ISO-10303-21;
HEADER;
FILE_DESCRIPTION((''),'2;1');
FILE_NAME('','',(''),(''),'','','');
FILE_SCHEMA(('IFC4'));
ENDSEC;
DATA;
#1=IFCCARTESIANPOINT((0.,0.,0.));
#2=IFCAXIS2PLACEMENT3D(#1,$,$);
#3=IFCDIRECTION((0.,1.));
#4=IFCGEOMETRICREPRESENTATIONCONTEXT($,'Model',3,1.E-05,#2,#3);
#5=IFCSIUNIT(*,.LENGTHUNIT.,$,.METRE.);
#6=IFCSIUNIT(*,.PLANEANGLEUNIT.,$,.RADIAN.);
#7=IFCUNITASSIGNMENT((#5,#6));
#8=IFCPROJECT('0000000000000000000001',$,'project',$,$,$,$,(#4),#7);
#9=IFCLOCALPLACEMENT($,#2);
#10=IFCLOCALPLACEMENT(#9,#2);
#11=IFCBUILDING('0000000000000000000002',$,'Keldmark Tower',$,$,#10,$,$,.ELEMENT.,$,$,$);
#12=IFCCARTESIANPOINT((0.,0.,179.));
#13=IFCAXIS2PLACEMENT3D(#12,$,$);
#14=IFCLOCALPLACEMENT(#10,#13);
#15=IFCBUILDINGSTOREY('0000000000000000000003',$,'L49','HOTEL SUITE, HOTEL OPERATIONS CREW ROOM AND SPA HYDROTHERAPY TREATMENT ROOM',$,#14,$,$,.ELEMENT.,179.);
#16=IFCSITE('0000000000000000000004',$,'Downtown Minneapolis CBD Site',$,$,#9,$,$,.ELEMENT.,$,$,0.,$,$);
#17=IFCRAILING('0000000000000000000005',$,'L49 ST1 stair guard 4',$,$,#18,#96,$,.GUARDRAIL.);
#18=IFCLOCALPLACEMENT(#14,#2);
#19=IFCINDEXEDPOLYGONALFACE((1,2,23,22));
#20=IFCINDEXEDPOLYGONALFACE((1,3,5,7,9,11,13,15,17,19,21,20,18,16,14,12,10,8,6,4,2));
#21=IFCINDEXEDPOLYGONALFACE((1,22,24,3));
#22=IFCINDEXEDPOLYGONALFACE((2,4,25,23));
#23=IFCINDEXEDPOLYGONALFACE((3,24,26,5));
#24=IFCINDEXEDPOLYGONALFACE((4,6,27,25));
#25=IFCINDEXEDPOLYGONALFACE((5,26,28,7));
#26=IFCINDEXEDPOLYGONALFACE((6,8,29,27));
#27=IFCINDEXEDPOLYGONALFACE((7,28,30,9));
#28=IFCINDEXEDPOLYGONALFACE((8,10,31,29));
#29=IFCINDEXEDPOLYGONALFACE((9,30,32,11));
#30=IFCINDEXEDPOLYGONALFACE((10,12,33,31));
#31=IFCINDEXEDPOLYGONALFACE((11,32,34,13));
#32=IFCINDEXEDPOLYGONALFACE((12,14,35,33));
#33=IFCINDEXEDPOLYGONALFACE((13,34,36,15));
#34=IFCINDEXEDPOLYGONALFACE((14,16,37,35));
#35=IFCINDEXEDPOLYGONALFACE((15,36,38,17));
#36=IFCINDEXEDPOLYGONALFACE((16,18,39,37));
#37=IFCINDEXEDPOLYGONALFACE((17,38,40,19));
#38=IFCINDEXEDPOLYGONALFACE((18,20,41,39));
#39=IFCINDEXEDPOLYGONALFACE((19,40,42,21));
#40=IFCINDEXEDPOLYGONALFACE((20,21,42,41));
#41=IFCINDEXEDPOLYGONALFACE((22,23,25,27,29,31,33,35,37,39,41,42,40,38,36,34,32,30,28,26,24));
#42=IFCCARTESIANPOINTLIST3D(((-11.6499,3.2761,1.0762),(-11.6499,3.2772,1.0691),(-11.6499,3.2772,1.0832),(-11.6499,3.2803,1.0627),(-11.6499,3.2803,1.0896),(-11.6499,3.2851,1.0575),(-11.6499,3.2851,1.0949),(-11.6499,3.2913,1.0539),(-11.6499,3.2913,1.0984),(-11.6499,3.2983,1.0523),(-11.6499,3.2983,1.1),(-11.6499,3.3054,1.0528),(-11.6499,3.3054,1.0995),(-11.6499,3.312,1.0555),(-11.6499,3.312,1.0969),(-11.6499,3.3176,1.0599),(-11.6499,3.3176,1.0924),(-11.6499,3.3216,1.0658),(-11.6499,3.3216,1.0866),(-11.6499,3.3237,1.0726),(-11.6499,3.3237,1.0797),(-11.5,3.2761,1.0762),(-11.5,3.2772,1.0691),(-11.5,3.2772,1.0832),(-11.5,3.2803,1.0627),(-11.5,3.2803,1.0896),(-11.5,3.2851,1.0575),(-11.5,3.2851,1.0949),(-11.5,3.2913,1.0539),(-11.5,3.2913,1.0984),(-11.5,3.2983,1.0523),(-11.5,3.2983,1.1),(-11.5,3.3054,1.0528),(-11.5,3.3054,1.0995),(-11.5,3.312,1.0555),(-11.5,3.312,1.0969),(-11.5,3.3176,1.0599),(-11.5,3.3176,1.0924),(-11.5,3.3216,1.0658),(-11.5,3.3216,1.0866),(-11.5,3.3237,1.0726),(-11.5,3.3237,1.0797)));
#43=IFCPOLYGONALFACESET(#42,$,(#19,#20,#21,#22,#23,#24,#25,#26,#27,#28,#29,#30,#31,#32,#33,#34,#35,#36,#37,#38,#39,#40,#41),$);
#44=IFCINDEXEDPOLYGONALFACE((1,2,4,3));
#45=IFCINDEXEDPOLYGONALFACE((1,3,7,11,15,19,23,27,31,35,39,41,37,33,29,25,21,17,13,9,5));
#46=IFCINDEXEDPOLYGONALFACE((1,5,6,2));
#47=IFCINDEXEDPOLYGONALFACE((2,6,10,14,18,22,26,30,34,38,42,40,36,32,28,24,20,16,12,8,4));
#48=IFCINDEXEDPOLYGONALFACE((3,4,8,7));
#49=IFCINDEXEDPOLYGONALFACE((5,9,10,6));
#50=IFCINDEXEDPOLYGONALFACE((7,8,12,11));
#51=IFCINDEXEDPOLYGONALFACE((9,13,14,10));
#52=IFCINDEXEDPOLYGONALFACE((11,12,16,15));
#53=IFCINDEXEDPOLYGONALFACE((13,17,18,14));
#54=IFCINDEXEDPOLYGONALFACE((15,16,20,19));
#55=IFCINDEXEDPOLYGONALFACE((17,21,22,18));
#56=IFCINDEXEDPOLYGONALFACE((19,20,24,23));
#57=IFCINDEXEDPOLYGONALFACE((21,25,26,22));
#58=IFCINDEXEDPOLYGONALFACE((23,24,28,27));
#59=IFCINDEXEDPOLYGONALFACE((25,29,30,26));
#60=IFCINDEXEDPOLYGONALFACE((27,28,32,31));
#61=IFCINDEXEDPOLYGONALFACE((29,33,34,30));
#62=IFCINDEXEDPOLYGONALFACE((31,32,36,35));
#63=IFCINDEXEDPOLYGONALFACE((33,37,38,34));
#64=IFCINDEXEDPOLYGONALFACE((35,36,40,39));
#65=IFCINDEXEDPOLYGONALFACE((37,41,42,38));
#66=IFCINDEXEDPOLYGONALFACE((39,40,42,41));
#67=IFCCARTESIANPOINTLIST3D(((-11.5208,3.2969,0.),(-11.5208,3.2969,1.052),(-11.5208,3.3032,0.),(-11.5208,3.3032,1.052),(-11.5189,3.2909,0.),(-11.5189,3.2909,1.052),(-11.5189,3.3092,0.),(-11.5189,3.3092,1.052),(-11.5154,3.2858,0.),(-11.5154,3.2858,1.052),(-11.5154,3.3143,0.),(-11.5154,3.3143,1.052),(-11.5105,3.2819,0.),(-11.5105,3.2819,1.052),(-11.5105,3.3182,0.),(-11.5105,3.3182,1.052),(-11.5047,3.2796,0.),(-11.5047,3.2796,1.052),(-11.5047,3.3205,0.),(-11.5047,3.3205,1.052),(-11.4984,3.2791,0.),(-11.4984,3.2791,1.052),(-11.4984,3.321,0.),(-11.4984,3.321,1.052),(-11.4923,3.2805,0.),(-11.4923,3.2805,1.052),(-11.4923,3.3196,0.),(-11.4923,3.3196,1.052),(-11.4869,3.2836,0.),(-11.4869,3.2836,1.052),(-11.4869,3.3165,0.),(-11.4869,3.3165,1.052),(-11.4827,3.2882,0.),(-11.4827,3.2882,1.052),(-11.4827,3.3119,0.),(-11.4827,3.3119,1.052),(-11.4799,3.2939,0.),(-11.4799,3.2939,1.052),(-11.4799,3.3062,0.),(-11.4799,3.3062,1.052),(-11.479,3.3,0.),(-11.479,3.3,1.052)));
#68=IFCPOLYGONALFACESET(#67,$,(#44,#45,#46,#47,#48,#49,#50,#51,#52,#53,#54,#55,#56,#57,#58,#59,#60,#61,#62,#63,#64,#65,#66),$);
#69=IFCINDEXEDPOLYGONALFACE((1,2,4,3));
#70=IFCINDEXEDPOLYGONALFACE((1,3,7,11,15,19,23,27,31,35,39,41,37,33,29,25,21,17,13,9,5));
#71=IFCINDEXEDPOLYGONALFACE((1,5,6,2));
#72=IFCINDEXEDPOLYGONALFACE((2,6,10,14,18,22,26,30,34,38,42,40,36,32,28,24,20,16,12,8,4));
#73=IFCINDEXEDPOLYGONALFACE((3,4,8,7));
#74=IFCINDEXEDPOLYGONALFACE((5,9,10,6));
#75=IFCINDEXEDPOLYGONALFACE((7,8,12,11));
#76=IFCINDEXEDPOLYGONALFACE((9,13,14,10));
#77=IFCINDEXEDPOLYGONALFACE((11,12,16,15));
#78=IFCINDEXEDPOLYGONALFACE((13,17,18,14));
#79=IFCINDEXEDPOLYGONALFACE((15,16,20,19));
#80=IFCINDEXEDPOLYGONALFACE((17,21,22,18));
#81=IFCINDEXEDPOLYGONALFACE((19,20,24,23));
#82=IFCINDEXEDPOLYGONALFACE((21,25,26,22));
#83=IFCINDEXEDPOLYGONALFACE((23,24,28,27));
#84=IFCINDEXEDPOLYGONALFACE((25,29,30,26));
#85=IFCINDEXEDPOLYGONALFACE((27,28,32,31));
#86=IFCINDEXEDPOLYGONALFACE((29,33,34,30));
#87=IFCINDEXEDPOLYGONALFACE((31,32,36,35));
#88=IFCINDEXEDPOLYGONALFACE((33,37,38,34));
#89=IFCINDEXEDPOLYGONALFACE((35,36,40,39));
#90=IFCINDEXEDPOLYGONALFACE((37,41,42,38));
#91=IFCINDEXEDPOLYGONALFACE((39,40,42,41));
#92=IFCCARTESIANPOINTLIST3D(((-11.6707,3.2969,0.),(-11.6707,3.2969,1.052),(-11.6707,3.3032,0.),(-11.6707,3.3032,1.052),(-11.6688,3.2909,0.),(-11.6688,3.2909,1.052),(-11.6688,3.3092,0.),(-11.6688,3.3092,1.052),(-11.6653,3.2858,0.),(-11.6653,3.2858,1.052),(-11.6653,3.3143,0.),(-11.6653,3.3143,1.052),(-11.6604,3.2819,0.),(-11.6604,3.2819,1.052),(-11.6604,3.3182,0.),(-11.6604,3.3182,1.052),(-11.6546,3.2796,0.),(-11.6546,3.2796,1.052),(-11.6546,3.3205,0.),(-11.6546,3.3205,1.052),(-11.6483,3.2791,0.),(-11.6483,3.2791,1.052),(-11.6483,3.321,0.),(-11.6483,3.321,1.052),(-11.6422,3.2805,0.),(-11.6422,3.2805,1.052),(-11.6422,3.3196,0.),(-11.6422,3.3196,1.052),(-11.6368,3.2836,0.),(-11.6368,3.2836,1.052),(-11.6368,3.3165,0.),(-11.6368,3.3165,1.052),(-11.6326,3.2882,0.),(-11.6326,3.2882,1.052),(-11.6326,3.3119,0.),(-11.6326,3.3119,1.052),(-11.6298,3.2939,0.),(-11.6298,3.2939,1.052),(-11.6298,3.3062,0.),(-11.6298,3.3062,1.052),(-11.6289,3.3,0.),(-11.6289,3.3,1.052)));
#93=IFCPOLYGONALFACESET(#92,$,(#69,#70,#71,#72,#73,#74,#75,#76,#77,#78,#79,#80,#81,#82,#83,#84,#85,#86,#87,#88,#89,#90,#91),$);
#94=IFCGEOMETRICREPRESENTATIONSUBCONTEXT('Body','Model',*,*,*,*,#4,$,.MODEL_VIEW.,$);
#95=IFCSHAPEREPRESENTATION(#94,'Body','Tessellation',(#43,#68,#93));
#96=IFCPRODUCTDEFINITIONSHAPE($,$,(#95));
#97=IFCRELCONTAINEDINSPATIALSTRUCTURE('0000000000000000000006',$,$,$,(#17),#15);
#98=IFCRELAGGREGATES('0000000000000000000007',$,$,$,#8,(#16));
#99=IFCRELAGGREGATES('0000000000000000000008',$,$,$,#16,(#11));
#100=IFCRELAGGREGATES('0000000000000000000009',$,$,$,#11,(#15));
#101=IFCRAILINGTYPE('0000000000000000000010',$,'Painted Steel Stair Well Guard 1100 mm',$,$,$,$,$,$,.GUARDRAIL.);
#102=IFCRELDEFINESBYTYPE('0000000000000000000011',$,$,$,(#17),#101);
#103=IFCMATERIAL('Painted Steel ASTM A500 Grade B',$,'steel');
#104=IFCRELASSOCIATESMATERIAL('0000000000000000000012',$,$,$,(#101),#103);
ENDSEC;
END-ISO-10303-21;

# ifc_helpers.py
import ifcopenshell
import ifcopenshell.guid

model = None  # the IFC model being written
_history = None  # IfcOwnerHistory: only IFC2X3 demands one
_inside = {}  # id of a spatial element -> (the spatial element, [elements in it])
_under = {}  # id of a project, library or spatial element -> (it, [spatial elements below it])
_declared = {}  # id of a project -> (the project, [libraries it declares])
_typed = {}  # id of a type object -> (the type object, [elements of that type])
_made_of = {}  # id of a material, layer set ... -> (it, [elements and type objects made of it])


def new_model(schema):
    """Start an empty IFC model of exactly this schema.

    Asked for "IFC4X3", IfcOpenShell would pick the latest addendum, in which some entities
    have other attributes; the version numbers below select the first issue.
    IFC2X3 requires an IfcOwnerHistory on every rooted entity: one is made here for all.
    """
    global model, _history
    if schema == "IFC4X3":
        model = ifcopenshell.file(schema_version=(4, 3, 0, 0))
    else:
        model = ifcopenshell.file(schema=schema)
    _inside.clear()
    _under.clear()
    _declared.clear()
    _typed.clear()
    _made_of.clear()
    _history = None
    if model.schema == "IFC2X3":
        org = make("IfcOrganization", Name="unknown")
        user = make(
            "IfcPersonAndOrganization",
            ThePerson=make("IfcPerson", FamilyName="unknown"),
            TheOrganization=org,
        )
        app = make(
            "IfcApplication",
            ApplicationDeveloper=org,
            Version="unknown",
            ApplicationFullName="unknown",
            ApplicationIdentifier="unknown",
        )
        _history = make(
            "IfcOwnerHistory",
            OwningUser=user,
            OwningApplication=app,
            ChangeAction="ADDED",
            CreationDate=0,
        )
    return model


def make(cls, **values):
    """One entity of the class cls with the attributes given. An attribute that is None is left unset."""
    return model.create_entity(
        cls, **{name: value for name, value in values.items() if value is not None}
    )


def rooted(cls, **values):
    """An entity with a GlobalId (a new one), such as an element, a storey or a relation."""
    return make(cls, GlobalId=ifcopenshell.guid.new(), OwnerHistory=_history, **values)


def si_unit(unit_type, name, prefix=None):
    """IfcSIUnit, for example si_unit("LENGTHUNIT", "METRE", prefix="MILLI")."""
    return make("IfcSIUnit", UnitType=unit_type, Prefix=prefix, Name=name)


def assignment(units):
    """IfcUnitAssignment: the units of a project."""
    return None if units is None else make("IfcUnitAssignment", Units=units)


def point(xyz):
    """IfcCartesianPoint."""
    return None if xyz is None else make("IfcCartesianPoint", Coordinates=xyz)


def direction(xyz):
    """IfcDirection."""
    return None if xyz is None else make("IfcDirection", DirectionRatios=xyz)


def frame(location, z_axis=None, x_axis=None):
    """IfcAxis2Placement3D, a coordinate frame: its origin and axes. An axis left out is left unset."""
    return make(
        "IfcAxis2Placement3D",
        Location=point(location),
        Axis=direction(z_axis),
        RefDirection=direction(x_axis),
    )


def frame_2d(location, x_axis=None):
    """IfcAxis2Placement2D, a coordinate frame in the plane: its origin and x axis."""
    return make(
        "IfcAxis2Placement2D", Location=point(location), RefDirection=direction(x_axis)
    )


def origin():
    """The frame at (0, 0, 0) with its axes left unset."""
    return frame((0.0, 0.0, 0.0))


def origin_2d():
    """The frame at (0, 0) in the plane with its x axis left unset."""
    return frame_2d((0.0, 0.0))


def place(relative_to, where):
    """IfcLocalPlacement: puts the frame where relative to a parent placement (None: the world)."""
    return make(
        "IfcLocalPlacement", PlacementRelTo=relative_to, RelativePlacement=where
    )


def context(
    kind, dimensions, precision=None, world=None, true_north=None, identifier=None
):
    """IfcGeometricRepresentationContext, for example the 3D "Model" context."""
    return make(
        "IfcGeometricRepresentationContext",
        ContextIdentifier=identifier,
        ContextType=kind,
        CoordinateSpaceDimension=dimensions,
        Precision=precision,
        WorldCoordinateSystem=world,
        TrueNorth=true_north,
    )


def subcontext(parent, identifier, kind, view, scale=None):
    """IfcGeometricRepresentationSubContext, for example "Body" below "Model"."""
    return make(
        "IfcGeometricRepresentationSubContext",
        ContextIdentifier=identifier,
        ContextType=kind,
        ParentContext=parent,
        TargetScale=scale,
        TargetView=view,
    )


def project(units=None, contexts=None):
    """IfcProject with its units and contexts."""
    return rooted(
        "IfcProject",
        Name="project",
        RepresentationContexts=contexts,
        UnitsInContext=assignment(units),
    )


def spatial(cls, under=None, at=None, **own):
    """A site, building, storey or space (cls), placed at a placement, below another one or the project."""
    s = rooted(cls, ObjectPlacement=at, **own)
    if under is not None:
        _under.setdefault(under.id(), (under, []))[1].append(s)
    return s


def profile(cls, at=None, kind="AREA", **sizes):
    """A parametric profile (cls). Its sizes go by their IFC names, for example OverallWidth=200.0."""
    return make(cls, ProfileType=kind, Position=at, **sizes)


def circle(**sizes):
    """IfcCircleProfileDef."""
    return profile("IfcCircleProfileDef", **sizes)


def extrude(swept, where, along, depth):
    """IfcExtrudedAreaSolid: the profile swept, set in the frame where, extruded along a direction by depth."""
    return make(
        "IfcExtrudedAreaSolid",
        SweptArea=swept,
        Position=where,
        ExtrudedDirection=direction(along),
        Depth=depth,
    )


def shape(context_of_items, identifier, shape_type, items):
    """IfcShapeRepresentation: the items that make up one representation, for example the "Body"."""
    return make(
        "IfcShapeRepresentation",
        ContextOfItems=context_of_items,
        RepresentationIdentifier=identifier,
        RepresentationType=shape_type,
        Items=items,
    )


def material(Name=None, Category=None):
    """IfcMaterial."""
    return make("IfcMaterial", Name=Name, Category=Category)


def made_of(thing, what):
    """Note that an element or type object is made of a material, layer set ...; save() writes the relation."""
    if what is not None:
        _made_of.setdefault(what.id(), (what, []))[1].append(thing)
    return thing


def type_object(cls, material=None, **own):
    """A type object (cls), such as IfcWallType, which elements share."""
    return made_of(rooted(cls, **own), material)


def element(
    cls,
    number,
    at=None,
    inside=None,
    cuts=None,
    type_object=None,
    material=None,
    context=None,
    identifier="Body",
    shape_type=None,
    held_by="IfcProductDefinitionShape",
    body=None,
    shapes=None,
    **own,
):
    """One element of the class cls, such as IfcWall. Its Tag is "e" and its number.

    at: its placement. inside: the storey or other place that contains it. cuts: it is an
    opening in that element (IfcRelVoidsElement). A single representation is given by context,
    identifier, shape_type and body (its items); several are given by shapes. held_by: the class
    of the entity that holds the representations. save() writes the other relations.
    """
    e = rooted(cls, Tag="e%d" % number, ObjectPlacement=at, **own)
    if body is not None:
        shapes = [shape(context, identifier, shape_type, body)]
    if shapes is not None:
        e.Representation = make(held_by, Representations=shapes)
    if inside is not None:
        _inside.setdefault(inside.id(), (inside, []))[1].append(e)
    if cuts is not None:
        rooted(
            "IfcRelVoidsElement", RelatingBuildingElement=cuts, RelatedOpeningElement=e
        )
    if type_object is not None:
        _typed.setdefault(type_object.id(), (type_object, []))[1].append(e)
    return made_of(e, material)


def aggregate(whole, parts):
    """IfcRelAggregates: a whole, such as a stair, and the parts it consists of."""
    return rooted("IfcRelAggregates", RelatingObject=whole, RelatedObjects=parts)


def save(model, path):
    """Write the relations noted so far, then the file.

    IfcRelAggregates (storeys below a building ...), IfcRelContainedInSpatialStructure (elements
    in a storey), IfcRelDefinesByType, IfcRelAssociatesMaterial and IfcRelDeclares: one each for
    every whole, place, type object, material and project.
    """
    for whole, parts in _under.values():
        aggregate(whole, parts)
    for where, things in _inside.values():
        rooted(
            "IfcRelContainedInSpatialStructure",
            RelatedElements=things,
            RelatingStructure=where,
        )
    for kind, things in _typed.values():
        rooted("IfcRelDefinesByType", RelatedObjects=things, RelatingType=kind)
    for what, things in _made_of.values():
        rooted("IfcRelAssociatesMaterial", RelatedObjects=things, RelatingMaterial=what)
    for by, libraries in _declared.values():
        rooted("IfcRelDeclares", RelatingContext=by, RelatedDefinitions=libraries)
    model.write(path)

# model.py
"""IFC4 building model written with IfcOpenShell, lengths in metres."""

from ifc_helpers import new_model, si_unit, direction, frame, origin, origin_2d, place, context, subcontext, project, spatial, circle, extrude, material, type_object, element, save


model = new_model("IFC4")

# Units and contexts
model_context = context("Model", 3, precision=1e-05, world=origin(), true_north=direction((0.0, 1.0)))
body_context = subcontext(model_context, "Body", "Model", "MODEL_VIEW")
ifc_project = project(units=[si_unit("LENGTHUNIT", "METRE"), si_unit("PLANEANGLEUNIT", "RADIAN")], contexts=[model_context])

# Site, building, storey
site_placement = place(None, origin())
site = spatial("IfcSite", under=ifc_project, at=site_placement, Name="Downtown Minneapolis CBD Site", CompositionType="ELEMENT", RefElevation=0.0)
building_placement = place(site_placement, origin())
building = spatial("IfcBuilding", under=site, at=building_placement, Name="Keldmark Tower", CompositionType="ELEMENT")
storey_placement = place(building_placement, frame((0.0, 0.0, 179.0)))
storey = spatial("IfcBuildingStorey", under=building, at=storey_placement, Name="L49", Description="HOTEL SUITE, HOTEL OPERATIONS CREW ROOM AND SPA HYDROTHERAPY TREATMENT ROOM", CompositionType="ELEMENT", Elevation=179.0)

# Railing
ifc_material_1 = material(Name="Painted Steel ASTM A500 Grade B", Category="steel")
railing_type_1 = type_object("IfcRailingType", Name="Painted Steel Stair Well Guard 1100 mm", PredefinedType="GUARDRAIL", material=ifc_material_1)
railing_1_placement = place(storey_placement, frame((-11.5, 3.3, 0.0)))
element("IfcRailing", 1, at=railing_1_placement, inside=storey, type_object=railing_type_1, Name="L49 ST1 stair guard 4", PredefinedType="GUARDRAIL", context=body_context, shape_type="SweptSolid", body=[
    extrude(circle(Radius=0.0239, at=origin_2d()), frame((0.0, 0.0, 1.0762), z_axis=(-1.0, 0.0, 0.0), x_axis=(0.0, -1.0, 0.0)), (0.0, 0.0, 1.0), 0.1499),
    extrude(circle(Radius=0.021, at=origin_2d()), origin(), (0.0, 0.0, 1.0), 1.052),
    extrude(circle(Radius=0.021, at=origin_2d()), frame((-0.1499, 0.0, 0.0)), (0.0, 0.0, 1.0), 1.052),
])

save(model, "model.ifc")
